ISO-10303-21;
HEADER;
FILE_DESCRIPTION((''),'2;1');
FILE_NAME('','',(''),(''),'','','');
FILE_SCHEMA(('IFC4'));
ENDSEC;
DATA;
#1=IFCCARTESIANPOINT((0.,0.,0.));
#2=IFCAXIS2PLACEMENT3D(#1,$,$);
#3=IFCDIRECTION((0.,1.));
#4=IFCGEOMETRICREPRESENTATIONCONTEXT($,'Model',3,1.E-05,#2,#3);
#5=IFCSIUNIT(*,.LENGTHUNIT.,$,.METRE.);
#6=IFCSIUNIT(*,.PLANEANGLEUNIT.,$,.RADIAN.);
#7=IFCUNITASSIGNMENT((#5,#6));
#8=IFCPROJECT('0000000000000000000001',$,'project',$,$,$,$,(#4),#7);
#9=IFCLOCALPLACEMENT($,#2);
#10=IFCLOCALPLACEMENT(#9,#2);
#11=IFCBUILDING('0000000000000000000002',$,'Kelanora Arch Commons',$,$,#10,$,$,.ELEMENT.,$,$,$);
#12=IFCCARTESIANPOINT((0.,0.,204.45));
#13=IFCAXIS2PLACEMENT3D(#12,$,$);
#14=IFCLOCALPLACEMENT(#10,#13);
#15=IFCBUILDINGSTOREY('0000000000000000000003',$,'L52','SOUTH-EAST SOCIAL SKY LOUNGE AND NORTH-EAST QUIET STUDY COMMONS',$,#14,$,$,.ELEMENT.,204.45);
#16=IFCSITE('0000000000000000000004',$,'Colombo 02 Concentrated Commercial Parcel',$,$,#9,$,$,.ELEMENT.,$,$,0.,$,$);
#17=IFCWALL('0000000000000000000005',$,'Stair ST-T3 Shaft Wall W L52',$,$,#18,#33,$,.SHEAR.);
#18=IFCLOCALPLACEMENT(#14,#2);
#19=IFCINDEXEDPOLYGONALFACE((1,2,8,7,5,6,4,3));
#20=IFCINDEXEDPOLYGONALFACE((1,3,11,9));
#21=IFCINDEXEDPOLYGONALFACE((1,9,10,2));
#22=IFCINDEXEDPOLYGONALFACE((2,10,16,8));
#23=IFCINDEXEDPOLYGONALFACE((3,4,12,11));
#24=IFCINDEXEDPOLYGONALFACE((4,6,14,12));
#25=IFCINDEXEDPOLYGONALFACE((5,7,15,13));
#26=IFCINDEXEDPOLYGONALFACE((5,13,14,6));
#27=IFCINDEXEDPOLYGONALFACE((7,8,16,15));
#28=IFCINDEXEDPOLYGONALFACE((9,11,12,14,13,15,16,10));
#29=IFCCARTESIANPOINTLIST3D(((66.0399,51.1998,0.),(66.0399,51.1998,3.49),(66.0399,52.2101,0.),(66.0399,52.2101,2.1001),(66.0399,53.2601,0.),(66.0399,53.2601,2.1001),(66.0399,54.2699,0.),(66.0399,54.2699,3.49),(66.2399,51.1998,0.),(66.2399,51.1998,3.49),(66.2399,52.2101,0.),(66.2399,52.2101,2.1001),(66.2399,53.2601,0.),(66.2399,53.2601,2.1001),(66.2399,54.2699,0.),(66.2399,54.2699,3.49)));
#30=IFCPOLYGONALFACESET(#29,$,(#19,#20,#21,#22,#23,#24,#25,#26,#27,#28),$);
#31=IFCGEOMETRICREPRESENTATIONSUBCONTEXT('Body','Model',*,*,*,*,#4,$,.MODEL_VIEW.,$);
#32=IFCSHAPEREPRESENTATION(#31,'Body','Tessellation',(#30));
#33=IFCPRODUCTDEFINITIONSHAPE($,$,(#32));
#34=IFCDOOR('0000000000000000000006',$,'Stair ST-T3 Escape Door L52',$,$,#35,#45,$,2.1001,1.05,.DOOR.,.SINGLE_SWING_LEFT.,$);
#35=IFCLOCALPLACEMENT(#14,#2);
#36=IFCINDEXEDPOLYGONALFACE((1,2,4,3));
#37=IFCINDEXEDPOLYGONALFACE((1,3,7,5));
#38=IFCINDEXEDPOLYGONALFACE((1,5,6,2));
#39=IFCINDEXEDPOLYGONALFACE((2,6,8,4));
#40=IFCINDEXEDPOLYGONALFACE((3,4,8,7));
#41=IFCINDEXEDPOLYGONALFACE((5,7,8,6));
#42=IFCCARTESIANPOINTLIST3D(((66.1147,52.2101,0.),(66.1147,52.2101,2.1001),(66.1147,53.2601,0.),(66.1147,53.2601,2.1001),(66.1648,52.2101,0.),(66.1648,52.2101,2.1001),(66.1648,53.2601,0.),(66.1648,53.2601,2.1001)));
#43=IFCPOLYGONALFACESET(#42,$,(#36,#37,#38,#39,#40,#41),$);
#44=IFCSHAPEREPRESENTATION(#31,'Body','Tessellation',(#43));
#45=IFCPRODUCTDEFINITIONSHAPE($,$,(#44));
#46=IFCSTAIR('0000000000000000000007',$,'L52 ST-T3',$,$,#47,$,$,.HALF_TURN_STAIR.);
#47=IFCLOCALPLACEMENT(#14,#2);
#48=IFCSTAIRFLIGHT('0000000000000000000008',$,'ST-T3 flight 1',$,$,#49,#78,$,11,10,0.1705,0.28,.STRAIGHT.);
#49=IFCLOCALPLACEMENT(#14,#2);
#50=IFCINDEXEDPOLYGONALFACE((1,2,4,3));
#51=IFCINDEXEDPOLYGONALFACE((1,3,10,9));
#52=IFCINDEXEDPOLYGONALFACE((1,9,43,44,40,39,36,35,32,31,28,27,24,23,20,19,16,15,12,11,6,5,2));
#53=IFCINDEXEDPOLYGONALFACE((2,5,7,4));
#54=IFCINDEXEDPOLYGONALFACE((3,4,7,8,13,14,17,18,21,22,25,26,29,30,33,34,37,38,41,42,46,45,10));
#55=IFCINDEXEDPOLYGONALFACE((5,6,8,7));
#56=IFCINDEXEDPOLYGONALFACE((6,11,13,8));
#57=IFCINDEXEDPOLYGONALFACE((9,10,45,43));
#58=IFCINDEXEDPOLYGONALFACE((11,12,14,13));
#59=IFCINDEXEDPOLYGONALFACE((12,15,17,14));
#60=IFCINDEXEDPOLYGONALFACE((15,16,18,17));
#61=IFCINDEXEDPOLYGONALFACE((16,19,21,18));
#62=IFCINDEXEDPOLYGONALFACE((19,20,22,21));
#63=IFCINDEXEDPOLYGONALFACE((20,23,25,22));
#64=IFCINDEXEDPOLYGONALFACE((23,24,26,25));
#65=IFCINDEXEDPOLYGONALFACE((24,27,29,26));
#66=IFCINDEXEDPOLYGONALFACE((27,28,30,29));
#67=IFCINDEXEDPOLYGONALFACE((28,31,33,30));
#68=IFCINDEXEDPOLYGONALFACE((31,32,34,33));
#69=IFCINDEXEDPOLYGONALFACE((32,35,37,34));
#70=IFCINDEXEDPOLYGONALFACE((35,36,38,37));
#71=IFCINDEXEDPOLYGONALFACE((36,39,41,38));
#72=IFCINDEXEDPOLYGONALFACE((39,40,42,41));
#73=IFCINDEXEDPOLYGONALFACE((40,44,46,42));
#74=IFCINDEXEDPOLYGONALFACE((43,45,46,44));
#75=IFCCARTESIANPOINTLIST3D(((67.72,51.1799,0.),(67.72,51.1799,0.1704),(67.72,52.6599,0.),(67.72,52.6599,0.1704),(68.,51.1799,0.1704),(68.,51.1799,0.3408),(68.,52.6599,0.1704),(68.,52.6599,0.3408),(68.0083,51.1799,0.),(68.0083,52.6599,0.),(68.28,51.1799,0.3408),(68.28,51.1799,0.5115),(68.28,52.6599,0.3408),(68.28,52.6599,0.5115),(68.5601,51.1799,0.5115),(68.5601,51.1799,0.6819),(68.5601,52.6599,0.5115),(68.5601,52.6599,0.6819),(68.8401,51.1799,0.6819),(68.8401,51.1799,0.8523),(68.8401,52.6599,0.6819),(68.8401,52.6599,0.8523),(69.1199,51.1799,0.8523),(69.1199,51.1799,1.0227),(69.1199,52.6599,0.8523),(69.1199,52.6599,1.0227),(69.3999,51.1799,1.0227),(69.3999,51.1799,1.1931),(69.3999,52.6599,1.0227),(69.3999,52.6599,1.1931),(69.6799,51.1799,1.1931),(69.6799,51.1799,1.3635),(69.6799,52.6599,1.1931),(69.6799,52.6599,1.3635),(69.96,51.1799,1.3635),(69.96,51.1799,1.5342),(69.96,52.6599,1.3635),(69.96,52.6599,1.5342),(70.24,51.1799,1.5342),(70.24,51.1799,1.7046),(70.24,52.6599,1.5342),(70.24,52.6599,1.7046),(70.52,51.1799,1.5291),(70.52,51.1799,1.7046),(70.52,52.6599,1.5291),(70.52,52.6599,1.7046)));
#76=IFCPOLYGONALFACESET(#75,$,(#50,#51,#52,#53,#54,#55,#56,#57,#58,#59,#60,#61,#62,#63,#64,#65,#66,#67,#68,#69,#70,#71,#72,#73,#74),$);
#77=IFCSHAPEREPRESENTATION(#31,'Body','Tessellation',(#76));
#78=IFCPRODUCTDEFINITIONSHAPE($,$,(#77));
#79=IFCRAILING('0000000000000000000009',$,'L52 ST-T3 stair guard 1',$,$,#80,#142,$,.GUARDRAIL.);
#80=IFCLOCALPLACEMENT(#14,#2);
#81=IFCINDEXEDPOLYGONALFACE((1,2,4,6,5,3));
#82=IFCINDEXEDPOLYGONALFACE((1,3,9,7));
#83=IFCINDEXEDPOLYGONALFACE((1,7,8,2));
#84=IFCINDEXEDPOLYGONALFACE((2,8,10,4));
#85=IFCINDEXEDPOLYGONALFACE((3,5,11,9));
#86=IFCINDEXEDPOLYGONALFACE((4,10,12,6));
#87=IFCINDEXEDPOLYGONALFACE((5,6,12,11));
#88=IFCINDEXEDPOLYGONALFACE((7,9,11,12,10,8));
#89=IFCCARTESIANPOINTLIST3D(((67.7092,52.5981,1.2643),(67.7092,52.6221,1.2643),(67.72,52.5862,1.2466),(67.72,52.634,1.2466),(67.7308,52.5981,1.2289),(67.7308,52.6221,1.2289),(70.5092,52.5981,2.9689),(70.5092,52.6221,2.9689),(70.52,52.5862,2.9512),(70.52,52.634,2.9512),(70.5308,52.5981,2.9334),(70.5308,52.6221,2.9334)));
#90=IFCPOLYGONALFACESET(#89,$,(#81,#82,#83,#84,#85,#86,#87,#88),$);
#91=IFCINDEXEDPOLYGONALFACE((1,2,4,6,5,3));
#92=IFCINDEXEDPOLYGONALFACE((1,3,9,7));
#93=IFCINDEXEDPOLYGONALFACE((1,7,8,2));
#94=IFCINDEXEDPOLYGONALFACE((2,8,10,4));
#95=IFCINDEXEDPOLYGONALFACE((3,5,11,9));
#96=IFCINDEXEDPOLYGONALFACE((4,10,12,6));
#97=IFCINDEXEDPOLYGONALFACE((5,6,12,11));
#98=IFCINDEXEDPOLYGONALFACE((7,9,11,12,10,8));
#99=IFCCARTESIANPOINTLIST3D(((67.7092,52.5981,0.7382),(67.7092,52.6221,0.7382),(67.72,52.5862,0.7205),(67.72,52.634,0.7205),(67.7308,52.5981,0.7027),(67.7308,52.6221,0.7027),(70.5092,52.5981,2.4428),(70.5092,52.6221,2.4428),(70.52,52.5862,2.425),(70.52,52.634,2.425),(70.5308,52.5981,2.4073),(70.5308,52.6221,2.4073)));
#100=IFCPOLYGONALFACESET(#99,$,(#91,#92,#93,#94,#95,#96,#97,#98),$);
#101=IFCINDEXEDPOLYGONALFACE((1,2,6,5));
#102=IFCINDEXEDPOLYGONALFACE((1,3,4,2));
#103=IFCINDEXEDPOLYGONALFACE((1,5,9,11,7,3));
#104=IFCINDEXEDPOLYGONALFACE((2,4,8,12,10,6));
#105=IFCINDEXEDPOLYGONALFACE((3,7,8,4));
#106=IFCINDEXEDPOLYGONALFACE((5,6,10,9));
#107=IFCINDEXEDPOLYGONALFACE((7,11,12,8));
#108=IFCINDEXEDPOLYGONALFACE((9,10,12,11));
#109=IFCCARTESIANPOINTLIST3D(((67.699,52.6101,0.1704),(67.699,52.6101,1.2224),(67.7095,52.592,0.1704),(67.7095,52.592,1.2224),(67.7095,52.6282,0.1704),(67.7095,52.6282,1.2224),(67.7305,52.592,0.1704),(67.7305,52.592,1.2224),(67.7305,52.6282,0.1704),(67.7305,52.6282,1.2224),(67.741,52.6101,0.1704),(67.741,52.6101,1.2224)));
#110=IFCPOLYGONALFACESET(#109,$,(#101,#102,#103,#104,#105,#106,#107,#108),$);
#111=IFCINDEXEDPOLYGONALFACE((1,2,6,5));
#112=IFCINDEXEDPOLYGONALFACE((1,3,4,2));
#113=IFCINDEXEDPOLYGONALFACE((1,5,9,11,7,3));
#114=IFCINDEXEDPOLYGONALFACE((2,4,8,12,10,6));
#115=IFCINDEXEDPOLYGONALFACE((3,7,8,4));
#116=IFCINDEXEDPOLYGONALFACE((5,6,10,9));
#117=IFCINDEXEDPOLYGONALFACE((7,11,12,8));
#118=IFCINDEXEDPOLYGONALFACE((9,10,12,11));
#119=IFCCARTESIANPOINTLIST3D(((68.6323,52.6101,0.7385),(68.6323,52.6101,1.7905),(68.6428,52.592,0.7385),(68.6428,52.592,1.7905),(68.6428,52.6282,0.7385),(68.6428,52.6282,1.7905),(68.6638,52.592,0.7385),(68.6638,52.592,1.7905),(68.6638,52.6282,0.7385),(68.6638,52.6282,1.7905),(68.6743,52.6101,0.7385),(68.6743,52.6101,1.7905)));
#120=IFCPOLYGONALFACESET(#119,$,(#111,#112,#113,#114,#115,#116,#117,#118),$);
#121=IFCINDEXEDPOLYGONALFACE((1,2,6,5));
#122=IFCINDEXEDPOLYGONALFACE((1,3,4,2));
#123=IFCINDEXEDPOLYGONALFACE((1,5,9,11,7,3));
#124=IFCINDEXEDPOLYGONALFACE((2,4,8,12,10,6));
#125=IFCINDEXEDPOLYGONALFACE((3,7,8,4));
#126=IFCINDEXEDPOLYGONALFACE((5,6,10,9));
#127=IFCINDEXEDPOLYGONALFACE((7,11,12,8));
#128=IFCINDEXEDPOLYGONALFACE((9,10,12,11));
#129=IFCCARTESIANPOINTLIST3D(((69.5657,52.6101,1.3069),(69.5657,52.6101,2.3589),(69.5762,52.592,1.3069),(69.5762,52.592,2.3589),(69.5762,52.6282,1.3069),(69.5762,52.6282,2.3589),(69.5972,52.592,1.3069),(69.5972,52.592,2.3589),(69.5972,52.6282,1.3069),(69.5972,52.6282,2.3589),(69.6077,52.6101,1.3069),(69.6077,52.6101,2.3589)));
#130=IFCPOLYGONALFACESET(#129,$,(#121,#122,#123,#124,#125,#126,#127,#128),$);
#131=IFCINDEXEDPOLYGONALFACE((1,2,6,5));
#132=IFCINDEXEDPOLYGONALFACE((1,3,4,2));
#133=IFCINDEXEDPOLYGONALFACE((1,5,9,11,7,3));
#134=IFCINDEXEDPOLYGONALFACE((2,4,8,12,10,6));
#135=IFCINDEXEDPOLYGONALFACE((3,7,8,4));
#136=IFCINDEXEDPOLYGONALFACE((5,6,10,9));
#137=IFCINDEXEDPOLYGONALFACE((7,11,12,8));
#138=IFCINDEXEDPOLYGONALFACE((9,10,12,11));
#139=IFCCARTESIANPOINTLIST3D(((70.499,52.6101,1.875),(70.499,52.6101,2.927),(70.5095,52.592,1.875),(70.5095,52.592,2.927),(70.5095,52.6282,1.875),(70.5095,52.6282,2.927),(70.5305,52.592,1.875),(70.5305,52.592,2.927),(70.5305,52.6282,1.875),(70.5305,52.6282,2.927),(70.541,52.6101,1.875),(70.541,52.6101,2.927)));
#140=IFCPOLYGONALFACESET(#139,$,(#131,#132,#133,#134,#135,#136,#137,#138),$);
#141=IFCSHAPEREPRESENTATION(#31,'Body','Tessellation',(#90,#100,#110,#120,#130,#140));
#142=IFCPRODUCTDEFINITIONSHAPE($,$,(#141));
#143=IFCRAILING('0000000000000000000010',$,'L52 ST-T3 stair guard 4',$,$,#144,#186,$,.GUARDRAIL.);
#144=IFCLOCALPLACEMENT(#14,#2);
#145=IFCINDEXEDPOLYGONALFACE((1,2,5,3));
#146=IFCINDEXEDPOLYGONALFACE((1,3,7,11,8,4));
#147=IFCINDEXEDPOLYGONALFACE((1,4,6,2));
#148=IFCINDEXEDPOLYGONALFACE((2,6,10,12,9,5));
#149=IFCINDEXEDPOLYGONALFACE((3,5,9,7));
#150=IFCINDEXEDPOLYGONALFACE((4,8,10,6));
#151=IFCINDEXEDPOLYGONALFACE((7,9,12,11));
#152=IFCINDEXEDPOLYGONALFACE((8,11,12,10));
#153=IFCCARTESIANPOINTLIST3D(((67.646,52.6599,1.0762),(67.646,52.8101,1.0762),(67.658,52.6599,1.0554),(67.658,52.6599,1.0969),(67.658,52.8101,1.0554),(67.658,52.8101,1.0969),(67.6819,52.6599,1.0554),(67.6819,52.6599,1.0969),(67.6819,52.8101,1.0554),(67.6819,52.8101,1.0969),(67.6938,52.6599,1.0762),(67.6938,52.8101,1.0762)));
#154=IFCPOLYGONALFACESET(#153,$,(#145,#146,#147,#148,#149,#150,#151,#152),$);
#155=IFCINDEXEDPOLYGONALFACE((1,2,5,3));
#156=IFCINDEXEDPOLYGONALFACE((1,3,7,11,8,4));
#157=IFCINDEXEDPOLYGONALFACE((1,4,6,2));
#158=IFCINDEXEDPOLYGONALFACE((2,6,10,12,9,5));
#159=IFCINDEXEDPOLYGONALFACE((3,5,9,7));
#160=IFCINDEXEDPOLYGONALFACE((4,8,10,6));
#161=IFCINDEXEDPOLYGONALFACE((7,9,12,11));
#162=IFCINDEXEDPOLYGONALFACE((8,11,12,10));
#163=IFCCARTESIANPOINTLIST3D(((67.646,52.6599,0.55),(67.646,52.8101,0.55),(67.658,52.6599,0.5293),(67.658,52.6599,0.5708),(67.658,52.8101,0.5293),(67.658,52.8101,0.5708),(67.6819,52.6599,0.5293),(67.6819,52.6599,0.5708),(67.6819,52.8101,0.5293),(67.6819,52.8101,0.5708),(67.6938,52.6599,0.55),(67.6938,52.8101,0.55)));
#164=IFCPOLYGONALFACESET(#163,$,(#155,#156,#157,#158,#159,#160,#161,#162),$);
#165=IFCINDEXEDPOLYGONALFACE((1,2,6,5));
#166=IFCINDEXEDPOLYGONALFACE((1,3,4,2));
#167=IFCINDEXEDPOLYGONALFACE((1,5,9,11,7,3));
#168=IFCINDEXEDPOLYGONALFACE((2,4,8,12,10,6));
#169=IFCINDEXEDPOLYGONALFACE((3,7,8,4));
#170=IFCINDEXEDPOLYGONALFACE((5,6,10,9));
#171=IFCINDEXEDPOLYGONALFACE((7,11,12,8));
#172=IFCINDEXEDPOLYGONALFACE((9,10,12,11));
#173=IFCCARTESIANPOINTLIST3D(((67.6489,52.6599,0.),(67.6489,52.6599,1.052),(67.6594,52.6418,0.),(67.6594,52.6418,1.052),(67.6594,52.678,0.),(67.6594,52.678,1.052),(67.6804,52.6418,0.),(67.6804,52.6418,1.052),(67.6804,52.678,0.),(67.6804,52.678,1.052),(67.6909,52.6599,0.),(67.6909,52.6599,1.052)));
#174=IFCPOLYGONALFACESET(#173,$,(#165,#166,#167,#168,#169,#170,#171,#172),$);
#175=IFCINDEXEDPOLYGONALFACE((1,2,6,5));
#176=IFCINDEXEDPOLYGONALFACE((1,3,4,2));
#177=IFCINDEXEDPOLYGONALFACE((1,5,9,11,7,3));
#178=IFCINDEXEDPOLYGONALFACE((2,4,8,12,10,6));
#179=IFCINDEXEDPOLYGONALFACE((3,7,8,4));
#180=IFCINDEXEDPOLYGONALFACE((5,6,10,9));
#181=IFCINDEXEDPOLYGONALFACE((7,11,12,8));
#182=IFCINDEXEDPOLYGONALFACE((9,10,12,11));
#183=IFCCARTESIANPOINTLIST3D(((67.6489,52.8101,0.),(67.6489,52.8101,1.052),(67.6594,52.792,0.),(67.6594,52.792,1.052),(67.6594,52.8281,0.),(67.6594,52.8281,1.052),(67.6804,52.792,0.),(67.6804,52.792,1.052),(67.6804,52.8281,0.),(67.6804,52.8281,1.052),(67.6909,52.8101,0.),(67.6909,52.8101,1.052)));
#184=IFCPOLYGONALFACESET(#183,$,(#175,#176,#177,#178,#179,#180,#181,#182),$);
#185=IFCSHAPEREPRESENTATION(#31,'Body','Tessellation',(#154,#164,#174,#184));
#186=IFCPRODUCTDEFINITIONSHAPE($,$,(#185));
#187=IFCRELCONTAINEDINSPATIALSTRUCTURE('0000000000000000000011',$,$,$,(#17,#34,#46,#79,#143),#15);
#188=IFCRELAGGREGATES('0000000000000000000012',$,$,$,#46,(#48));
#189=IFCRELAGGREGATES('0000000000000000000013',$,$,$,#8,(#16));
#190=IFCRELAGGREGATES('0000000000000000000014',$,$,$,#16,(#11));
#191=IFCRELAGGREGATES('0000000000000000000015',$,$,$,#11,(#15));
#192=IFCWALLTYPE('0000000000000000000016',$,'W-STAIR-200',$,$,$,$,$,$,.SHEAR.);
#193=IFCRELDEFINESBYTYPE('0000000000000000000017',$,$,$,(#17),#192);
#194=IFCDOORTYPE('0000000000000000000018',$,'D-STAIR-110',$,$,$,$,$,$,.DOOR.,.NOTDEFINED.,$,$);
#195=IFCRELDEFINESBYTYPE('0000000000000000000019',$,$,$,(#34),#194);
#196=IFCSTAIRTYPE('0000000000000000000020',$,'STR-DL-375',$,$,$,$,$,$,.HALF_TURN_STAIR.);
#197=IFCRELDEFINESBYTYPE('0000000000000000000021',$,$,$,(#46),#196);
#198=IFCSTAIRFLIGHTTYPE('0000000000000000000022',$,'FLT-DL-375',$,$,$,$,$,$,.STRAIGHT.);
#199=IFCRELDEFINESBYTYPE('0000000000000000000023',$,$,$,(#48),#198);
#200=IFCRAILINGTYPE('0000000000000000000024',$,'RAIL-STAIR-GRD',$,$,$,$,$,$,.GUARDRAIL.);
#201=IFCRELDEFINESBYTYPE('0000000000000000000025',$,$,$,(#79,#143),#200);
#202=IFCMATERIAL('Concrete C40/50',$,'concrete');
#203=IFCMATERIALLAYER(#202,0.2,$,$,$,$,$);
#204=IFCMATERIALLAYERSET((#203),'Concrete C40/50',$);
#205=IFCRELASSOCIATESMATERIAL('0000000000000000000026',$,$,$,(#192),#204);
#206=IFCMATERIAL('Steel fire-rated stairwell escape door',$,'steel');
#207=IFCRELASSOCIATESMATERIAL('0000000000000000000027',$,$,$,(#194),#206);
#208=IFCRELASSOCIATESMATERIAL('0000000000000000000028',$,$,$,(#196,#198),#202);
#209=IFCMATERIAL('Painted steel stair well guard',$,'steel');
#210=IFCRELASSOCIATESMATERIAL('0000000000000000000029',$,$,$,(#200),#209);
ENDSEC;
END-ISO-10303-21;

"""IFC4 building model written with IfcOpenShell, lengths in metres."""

from ifc_helpers import new_model, si_unit, direction, frame, frame_2d, origin, place, context, subcontext, project, spatial, polyline, rectangle, outline, extrude, material, layer, layer_set, type_object, element, fill, aggregate, save


model = new_model("IFC4")

# Units and contexts
model_context = context("Model", 3, precision=1e-05, world=origin(), true_north=direction((0.0, 1.0)))
body_context = subcontext(model_context, "Body", "Model", "MODEL_VIEW")
ifc_project = project(units=[si_unit("LENGTHUNIT", "METRE"), si_unit("PLANEANGLEUNIT", "RADIAN")], contexts=[model_context])

# Site, building, storey
site_placement = place(None, origin())
site = spatial("IfcSite", under=ifc_project, at=site_placement, Name="Colombo 02 Concentrated Commercial Parcel", CompositionType="ELEMENT", RefElevation=0.0)
building_placement = place(site_placement, origin())
building = spatial("IfcBuilding", under=site, at=building_placement, Name="Kelanora Arch Commons", CompositionType="ELEMENT")
storey_placement = place(building_placement, frame((0.0, 0.0, 204.45)))
storey = spatial("IfcBuildingStorey", under=building, at=storey_placement, Name="L52", Description="SOUTH-EAST SOCIAL SKY LOUNGE AND NORTH-EAST QUIET STUDY COMMONS", CompositionType="ELEMENT", Elevation=204.45)

# Shared definitions
ifc_material_1 = material(Name="Concrete C40/50", Category="concrete")

# Wall, opening, door
ifc_layer_1 = layer(ifc_material_1, 0.2)
ifc_layer_set_1 = layer_set([ifc_layer_1], Name="Concrete C40/50")
wall_type_1 = type_object("IfcWallType", Name="W-STAIR-200", PredefinedType="SHEAR", material=ifc_layer_set_1)
wall_1_placement = place(storey_placement, frame((66.1399, 54.27, 0.0), z_axis=(0.0, 0.0, 1.0), x_axis=(0.0, -1.0, 0.0)))
wall_1 = element("IfcWall", 1, at=wall_1_placement, inside=storey, type_object=wall_type_1, Name="Stair ST-T3 Shaft Wall W L52", PredefinedType="SHEAR", context=body_context, shape_type="SweptSolid", body=[
    extrude(rectangle(XDim=3.0701, YDim=0.2, at=frame_2d((1.5352, 0.0))), origin(), (0.0, 0.0, 1.0), 3.49),
])
opening_1_placement = place(wall_1_placement, frame((1.01, 0.0, 0.0)))
opening_1 = element("IfcOpeningElement", 2, at=opening_1_placement, cuts=wall_1, PredefinedType="OPENING", context=body_context, shape_type="SweptSolid", body=[
    extrude(rectangle(XDim=1.05, YDim=2.1001, at=frame_2d((0.5249, 1.05))), frame((0.0, 0.1099, 0.0), z_axis=(0.0, -1.0, 0.0), x_axis=(1.0, 0.0, 0.0)), (0.0, 0.0, 1.0), 0.22),
])
ifc_material_2 = material(Name="Steel fire-rated stairwell escape door", Category="steel")
door_type_1 = type_object("IfcDoorType", Name="D-STAIR-110", OperationType="NOTDEFINED", PredefinedType="DOOR", material=ifc_material_2)
door_1_placement = place(opening_1_placement, origin())
door_1 = element("IfcDoor", 3, at=door_1_placement, inside=storey, type_object=door_type_1, Name="Stair ST-T3 Escape Door L52", OperationType="SINGLE_SWING_LEFT", OverallHeight=2.1001, OverallWidth=1.05, PredefinedType="DOOR", context=body_context, shape_type="SweptSolid", body=[
    extrude(rectangle(XDim=1.05, YDim=2.1001, at=frame_2d((0.5249, 1.05))), frame((0.0, 0.0249, 0.0), z_axis=(0.0, -1.0, 0.0), x_axis=(1.0, 0.0, 0.0)), (0.0, 0.0, 1.0), 0.05),
])
fill(opening_1, door_1)

# Stair, stair flight
stair_type = type_object("IfcStairType", Name="STR-DL-375", PredefinedType="HALF_TURN_STAIR", material=ifc_material_1)
stair_placement = place(storey_placement, origin())
stair = element("IfcStair", 4, at=stair_placement, inside=storey, type_object=stair_type, Name="L52 ST-T3", PredefinedType="HALF_TURN_STAIR")
stair_flight_type = type_object("IfcStairFlightType", Name="FLT-DL-375", PredefinedType="STRAIGHT", material=ifc_material_1)
stair_flight_placement = place(storey_placement, frame((67.72, 51.9199, 0.0), z_axis=(0.0, 0.0, 1.0), x_axis=(1.0, 0.0, 0.0)))
stair_flight = element("IfcStairFlight", 5, at=stair_flight_placement, type_object=stair_flight_type, Name="ST-T3 flight 1", NumberOfRisers=11, NumberOfTreads=10, PredefinedType="STRAIGHT", RiserHeight=0.1705, TreadLength=0.28, context=body_context, shape_type="SweptSolid", body=[
    extrude(outline(polyline([(0.0, 0.0), (0.0, 0.1704), (0.28, 0.1704), (0.28, 0.3408), (0.5601, 0.3408), (0.5601, 0.5115), (0.8401, 0.5115), (0.8401, 0.6819), (1.1201, 0.6819), (1.1201, 0.8523), (1.3999, 0.8523), (1.3999, 1.0227), (1.6799, 1.0227), (1.6799, 1.1931), (1.96, 1.1931), (1.96, 1.3635), (2.24, 1.3635), (2.24, 1.5342), (2.52, 1.5342), (2.52, 1.7046), (2.8, 1.7046), (2.8, 1.875), (2.8, 1.5291), (0.2883, 0.0), (0.0, 0.0)])), frame((0.0, 0.74, 0.0), z_axis=(0.0, -1.0, 0.0), x_axis=(1.0, 0.0, 0.0)), (0.0, 0.0, 1.0), 1.48),
])
aggregate(stair, [stair_flight])

# Railings
ifc_material_3 = material(Name="Painted steel stair well guard", Category="steel")
railing_type_1 = type_object("IfcRailingType", Name="RAIL-STAIR-GRD", PredefinedType="GUARDRAIL", material=ifc_material_3)
railing_1_placement = place(storey_placement, frame((67.72, 52.6101, 0.1704)))
element("IfcRailing", 6, at=railing_1_placement, inside=storey, type_object=railing_type_1, Name="L52 ST-T3 stair guard 1", PredefinedType="GUARDRAIL", context=body_context, shape_type="SweptSolid", body=[
    extrude(outline(polyline([(0.0239, 0.0), (0.012, 0.0208), (-0.012, 0.0208), (-0.0239, 0.0), (-0.012, -0.0208), (0.012, -0.0208), (0.0239, 0.0)])), frame((0.0, 0.0, 1.0762), z_axis=(0.85417, 0.0, 0.519994), x_axis=(0.0, 1.0, 0.0)), (0.0, 0.0, 1.0), 3.2781),
    extrude(outline(polyline([(0.0239, 0.0), (0.012, 0.0208), (-0.012, 0.0208), (-0.0239, 0.0), (-0.012, -0.0208), (0.012, -0.0208), (0.0239, 0.0)])), frame((0.0, 0.0, 0.55), z_axis=(0.85417, 0.0, 0.519994), x_axis=(0.0, 1.0, 0.0)), (0.0, 0.0, 1.0), 3.2781),
    extrude(outline(polyline([(0.021, 0.0), (0.0105, 0.0181), (-0.0105, 0.0181), (-0.021, 0.0), (-0.0105, -0.0181), (0.0105, -0.0181), (0.021, 0.0)])), origin(), (0.0, 0.0, 1.0), 1.052),
    extrude(outline(polyline([(0.021, 0.0), (0.0105, 0.0181), (-0.0105, 0.0181), (-0.021, 0.0), (-0.0105, -0.0181), (0.0105, -0.0181), (0.021, 0.0)])), frame((0.9333, 0.0, 0.5681)), (0.0, 0.0, 1.0), 1.052),
    extrude(outline(polyline([(0.021, 0.0), (0.0105, 0.0181), (-0.0105, 0.0181), (-0.021, 0.0), (-0.0105, -0.0181), (0.0105, -0.0181), (0.021, 0.0)])), frame((1.8667, 0.0, 1.1365)), (0.0, 0.0, 1.0), 1.052),
    extrude(outline(polyline([(0.021, 0.0), (0.0105, 0.0181), (-0.0105, 0.0181), (-0.021, 0.0), (-0.0105, -0.0181), (0.0105, -0.0181), (0.021, 0.0)])), frame((2.8, 0.0, 1.7046)), (0.0, 0.0, 1.0), 1.052),
])
railing_2_placement = place(storey_placement, frame((67.6699, 52.6599, 0.0)))
element("IfcRailing", 7, at=railing_2_placement, inside=storey, type_object=railing_type_1, Name="L52 ST-T3 stair guard 4", PredefinedType="GUARDRAIL", context=body_context, shape_type="SweptSolid", body=[
    extrude(outline(polyline([(0.0239, 0.0), (0.012, 0.0208), (-0.012, 0.0208), (-0.0239, 0.0), (-0.012, -0.0208), (0.012, -0.0208), (0.0239, 0.0)])), frame((0.0, 0.0, 1.0762), z_axis=(0.0, 1.0, 0.0), x_axis=(-1.0, 0.0, 0.0)), (0.0, 0.0, 1.0), 0.1501),
    extrude(outline(polyline([(0.0239, 0.0), (0.012, 0.0208), (-0.012, 0.0208), (-0.0239, 0.0), (-0.012, -0.0208), (0.012, -0.0208), (0.0239, 0.0)])), frame((0.0, 0.0, 0.55), z_axis=(0.0, 1.0, 0.0), x_axis=(-1.0, 0.0, 0.0)), (0.0, 0.0, 1.0), 0.1501),
    extrude(outline(polyline([(0.021, 0.0), (0.0105, 0.0181), (-0.0105, 0.0181), (-0.021, 0.0), (-0.0105, -0.0181), (0.0105, -0.0181), (0.021, 0.0)])), origin(), (0.0, 0.0, 1.0), 1.052),
    extrude(outline(polyline([(0.021, 0.0), (0.0105, 0.0181), (-0.0105, 0.0181), (-0.021, 0.0), (-0.0105, -0.0181), (0.0105, -0.0181), (0.021, 0.0)])), frame((0.0, 0.1501, 0.0)), (0.0, 0.0, 1.0), 1.052),
])

save(model, "model.ifc")
